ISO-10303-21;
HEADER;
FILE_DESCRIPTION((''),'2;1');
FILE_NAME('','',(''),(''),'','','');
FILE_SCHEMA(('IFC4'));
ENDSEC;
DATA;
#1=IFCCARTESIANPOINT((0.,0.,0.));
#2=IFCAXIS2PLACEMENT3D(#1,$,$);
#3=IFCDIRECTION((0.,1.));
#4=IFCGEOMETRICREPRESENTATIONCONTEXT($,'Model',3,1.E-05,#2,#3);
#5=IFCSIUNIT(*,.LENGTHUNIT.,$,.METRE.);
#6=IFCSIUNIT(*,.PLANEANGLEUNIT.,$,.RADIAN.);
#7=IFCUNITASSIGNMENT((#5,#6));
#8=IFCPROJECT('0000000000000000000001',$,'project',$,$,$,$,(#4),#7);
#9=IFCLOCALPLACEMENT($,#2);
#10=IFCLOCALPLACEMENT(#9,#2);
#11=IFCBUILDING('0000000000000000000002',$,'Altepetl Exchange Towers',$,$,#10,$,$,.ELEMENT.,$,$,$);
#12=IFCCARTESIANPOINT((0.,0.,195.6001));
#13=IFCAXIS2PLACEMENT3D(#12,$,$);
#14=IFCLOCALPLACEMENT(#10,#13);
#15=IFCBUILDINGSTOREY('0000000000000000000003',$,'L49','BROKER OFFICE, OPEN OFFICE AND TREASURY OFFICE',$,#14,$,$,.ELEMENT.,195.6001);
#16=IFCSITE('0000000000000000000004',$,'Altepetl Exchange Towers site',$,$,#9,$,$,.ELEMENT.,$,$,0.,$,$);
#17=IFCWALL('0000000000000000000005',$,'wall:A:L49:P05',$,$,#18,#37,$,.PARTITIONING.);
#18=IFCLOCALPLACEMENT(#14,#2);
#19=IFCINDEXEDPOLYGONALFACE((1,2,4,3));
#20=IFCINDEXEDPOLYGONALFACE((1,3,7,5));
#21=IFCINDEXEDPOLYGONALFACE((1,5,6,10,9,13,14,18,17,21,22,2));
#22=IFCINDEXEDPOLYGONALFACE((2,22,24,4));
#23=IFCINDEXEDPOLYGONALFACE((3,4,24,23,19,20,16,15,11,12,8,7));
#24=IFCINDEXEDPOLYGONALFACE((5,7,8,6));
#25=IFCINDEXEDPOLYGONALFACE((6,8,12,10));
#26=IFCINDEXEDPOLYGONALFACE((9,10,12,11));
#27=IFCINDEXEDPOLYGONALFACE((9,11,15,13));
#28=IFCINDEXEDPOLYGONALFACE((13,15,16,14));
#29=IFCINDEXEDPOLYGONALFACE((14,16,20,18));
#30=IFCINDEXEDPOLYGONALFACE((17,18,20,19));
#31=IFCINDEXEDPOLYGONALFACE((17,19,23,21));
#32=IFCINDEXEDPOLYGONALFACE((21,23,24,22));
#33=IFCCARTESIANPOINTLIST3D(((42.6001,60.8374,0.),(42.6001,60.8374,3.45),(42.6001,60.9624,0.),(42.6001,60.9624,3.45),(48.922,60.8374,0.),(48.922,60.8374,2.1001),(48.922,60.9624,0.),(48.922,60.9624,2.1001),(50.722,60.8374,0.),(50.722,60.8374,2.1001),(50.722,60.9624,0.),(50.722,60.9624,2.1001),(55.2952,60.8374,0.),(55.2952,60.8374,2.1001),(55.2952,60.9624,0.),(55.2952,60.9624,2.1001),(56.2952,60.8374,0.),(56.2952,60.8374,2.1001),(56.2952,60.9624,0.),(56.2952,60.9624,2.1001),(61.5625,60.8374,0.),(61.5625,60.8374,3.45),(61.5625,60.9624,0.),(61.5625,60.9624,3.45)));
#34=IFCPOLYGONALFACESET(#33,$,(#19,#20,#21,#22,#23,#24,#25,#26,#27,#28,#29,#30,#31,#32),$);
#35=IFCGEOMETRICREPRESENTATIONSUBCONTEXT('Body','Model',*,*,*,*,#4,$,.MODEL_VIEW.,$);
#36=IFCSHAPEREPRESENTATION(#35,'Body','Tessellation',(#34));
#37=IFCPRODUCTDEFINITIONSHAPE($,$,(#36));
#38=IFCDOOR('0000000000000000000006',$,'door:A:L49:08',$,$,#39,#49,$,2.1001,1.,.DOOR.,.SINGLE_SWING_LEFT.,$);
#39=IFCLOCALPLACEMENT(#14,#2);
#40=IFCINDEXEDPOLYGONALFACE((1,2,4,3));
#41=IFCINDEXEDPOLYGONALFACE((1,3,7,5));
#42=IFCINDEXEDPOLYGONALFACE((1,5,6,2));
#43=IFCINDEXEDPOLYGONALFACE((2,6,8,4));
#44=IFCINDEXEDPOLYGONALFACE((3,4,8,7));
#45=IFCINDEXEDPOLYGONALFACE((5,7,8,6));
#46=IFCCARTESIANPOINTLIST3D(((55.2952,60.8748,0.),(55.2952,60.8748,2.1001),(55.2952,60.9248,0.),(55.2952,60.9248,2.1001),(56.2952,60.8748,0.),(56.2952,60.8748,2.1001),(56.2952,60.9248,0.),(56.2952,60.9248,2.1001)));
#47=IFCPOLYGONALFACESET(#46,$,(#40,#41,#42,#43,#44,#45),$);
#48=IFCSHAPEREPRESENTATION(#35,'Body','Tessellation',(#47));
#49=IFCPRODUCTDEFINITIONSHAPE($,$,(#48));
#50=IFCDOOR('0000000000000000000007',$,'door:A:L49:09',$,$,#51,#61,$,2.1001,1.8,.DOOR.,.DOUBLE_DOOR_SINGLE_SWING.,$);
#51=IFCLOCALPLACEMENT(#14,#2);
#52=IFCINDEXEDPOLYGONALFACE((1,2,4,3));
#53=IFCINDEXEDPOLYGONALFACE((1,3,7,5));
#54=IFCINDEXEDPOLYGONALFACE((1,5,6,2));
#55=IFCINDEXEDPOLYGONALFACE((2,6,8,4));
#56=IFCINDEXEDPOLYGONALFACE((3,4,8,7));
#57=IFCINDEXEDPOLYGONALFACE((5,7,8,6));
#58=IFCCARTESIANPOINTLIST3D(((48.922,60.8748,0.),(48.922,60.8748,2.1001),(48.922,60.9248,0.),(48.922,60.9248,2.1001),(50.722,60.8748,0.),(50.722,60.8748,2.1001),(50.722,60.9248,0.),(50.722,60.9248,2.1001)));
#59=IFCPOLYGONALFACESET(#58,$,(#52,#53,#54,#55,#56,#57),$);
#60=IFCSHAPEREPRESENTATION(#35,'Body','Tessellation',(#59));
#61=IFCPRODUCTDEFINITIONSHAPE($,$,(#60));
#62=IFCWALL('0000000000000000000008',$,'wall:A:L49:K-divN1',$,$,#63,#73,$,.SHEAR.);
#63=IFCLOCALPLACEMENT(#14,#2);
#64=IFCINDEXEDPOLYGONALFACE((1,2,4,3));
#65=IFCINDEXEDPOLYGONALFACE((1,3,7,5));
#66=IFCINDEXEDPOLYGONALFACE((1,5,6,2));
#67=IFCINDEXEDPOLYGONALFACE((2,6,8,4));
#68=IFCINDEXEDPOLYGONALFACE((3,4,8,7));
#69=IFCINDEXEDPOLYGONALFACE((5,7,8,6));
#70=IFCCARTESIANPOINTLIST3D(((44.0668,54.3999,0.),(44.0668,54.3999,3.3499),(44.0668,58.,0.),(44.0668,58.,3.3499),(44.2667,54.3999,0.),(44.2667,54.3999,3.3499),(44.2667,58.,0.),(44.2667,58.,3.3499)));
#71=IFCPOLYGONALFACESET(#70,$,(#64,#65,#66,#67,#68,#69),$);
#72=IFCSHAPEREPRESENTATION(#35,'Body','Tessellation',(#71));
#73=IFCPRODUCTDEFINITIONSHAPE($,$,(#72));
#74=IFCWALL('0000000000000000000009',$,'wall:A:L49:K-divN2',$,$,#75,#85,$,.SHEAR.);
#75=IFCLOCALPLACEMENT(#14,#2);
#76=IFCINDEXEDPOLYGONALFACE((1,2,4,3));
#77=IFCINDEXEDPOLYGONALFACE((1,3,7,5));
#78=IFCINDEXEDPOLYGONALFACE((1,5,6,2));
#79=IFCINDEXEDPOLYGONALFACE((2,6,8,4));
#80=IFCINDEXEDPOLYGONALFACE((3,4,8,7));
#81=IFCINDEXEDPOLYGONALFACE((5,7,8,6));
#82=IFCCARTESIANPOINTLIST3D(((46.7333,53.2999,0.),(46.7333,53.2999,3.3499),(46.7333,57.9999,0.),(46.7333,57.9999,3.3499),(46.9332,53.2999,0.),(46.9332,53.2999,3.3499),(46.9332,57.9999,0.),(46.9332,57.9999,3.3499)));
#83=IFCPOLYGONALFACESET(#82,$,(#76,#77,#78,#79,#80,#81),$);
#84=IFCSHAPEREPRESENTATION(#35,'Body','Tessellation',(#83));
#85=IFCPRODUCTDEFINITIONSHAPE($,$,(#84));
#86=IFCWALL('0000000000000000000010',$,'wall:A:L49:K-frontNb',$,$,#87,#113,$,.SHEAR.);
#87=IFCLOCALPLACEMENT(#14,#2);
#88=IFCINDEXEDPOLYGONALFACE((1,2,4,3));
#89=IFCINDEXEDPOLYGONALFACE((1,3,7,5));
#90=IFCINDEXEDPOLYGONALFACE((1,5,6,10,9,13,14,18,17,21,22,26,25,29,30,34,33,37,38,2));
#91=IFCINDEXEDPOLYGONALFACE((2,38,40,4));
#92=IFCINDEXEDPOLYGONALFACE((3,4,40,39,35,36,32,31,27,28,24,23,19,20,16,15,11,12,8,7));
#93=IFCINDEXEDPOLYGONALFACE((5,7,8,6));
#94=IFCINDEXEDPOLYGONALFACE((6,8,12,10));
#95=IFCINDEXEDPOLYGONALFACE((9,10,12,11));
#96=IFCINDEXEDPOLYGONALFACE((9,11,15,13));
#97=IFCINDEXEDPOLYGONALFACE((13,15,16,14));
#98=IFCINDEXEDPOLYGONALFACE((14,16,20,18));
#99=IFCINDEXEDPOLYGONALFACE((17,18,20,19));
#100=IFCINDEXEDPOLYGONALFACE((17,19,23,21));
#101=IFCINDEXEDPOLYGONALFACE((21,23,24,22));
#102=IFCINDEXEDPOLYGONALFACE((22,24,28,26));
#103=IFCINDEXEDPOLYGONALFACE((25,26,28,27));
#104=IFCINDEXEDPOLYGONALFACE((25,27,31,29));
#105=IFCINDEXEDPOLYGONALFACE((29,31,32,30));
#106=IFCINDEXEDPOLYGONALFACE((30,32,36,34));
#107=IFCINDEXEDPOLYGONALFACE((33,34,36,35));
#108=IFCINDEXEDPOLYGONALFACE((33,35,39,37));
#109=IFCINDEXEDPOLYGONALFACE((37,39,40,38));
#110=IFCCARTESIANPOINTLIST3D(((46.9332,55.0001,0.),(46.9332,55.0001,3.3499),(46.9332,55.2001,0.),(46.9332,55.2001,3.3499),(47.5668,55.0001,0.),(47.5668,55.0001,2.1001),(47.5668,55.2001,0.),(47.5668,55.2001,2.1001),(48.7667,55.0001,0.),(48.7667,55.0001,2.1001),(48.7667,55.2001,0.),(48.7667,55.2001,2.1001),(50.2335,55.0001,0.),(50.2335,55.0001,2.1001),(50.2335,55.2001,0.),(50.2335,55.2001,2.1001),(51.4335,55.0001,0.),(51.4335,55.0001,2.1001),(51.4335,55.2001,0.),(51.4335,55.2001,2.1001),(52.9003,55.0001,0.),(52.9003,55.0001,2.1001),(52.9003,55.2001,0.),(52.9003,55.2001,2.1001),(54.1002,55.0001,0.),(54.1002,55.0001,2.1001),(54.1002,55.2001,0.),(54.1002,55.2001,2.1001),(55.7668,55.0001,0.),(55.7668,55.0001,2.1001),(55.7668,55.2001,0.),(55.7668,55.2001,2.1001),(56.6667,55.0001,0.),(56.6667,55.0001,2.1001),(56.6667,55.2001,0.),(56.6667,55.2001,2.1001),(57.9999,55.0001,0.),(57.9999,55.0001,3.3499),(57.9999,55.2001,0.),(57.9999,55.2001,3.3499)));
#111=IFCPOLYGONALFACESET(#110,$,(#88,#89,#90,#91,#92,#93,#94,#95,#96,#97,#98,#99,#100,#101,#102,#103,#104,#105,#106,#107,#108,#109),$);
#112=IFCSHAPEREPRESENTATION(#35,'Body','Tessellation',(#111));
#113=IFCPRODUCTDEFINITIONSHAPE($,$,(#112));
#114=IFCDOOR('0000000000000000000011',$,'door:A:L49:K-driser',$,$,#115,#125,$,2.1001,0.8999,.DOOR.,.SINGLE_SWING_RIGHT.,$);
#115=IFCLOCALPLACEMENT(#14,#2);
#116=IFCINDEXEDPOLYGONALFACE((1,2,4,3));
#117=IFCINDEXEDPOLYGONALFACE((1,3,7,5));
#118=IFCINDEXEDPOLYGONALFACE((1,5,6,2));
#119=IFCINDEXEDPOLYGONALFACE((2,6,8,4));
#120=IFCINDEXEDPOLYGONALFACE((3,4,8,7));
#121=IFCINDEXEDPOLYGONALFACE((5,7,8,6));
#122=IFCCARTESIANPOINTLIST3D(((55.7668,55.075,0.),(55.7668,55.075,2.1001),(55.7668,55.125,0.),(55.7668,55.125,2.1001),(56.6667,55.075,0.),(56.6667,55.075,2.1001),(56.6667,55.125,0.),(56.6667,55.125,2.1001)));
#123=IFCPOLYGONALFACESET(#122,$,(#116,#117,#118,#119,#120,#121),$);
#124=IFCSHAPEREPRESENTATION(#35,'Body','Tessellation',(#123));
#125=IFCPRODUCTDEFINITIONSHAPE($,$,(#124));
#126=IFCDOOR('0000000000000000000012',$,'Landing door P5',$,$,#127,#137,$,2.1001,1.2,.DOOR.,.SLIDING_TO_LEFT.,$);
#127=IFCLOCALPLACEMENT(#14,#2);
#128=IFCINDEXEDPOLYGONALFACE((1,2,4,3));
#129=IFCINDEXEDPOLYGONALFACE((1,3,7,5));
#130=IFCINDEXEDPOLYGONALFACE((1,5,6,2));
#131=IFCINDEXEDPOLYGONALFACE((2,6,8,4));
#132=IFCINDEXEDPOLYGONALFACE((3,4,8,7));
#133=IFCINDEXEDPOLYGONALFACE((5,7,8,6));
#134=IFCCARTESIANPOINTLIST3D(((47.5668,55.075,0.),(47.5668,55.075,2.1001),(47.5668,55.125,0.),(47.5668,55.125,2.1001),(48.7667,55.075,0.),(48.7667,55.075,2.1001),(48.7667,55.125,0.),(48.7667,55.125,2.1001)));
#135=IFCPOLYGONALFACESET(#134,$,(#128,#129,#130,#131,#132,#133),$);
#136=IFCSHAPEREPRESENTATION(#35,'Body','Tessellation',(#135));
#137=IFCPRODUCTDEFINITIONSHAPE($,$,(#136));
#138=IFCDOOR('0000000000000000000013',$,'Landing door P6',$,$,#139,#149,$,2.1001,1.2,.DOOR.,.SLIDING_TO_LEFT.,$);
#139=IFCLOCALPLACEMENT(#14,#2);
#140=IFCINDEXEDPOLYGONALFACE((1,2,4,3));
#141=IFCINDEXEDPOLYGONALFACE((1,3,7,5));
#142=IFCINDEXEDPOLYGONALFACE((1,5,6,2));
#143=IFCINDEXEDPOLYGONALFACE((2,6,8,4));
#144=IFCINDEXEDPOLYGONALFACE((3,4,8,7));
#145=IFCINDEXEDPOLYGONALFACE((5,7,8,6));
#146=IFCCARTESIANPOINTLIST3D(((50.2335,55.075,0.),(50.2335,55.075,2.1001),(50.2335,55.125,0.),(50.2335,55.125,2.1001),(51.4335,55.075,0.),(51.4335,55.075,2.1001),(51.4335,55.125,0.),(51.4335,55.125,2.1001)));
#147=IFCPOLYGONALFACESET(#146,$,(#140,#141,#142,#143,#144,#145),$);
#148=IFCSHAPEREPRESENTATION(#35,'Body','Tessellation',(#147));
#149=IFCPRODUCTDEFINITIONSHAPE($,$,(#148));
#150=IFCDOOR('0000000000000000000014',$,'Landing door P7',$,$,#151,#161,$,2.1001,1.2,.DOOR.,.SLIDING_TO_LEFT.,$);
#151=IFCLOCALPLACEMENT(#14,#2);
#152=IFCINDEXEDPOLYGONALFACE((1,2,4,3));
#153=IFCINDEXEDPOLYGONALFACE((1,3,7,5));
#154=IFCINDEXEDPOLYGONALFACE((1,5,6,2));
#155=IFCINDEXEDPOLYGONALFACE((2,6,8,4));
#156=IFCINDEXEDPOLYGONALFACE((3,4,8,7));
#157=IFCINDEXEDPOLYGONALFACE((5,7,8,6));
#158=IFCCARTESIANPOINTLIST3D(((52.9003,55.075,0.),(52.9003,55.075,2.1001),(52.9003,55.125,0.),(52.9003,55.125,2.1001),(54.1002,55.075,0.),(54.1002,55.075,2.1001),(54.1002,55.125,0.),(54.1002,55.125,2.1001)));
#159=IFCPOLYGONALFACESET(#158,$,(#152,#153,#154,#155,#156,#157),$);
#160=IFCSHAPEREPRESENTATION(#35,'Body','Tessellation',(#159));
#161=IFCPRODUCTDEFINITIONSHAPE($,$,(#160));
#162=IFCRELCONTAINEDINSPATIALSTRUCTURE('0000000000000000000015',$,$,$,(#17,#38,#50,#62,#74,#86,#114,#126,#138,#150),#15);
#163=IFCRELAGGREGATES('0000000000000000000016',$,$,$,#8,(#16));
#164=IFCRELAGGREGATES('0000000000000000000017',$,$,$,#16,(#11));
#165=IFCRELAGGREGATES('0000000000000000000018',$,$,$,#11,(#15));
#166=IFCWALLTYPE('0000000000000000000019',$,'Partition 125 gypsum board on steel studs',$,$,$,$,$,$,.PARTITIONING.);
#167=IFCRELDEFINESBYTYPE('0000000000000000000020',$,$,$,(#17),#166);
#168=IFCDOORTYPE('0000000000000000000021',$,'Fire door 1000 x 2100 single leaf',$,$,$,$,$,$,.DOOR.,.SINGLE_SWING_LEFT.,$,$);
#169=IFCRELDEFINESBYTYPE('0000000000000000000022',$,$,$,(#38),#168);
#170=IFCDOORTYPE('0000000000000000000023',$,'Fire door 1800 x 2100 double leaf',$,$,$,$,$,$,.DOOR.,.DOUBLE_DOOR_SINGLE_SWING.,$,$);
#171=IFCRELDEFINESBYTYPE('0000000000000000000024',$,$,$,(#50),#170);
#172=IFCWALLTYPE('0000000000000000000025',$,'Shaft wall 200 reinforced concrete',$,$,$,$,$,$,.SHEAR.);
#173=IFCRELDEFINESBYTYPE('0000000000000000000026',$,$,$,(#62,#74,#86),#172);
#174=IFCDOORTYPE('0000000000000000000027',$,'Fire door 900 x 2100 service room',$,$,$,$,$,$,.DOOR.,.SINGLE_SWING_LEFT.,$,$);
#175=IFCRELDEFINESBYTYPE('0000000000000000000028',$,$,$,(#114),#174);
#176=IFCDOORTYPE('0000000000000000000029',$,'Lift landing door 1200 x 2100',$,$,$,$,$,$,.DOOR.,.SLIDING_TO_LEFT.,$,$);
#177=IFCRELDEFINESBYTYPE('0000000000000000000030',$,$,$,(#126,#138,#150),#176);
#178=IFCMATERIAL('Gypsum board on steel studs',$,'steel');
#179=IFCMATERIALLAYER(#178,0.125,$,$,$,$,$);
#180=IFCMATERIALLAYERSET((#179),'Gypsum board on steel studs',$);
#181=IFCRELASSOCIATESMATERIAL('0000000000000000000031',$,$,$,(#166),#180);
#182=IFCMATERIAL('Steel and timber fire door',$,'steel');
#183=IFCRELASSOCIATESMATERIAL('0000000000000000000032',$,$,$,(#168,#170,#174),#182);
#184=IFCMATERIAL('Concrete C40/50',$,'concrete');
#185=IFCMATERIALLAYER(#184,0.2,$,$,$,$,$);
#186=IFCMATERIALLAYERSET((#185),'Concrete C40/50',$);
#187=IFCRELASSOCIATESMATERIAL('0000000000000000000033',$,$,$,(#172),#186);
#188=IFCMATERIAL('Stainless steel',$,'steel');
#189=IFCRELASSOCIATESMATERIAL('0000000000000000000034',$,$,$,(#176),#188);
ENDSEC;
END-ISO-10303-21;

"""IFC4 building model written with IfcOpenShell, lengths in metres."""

from ifc_helpers import new_model, si_unit, direction, frame, frame_2d, origin, place, context, subcontext, project, spatial, rectangle, extrude, material, layer, layer_set, type_object, element, fill, save


model = new_model("IFC4")

# Units and contexts
model_context = context("Model", 3, precision=1e-05, world=origin(), true_north=direction((0.0, 1.0)))
body_context = subcontext(model_context, "Body", "Model", "MODEL_VIEW")
ifc_project = project(units=[si_unit("LENGTHUNIT", "METRE"), si_unit("PLANEANGLEUNIT", "RADIAN")], contexts=[model_context])

# Site, building, storey
site_placement = place(None, origin())
site = spatial("IfcSite", under=ifc_project, at=site_placement, Name="Altepetl Exchange Towers site", CompositionType="ELEMENT", RefElevation=0.0)
building_placement = place(site_placement, origin())
building = spatial("IfcBuilding", under=site, at=building_placement, Name="Altepetl Exchange Towers", CompositionType="ELEMENT")
storey_placement = place(building_placement, frame((0.0, 0.0, 195.6001)))
storey = spatial("IfcBuildingStorey", under=building, at=storey_placement, Name="L49", Description="BROKER OFFICE, OPEN OFFICE AND TREASURY OFFICE", CompositionType="ELEMENT", Elevation=195.6001)

# Wall, openings, doors
ifc_material_1 = material(Name="Gypsum board on steel studs", Category="steel")
ifc_layer_1 = layer(ifc_material_1, 0.125)
ifc_layer_set_1 = layer_set([ifc_layer_1], Name="Gypsum board on steel studs")
wall_type_1 = type_object("IfcWallType", Name="Partition 125 gypsum board on steel studs", PredefinedType="PARTITIONING", material=ifc_layer_set_1)
wall_1_placement = place(storey_placement, frame((42.6001, 60.8999, 0.0)))
wall_1 = element("IfcWall", 1, at=wall_1_placement, inside=storey, type_object=wall_type_1, Name="wall:A:L49:P05", PredefinedType="PARTITIONING", context=body_context, shape_type="SweptSolid", body=[
    extrude(rectangle(XDim=18.9624, YDim=0.125, at=frame_2d((9.4812, 0.0))), origin(), (0.0, 0.0, 1.0), 3.45),
])
opening_1_placement = place(wall_1_placement, frame((12.6951, 0.0, 0.0)))
opening_1 = element("IfcOpeningElement", 2, at=opening_1_placement, cuts=wall_1, PredefinedType="OPENING", context=body_context, shape_type="SweptSolid", body=[
    extrude(rectangle(XDim=1.0, YDim=2.1001, at=frame_2d((0.5, 1.05))), frame((0.0, 0.0725, 0.0), z_axis=(0.0, -1.0, 0.0), x_axis=(1.0, 0.0, 0.0)), (0.0, 0.0, 1.0), 0.145),
])
opening_2_placement = place(wall_1_placement, frame((6.322, 0.0, 0.0)))
opening_2 = element("IfcOpeningElement", 3, at=opening_2_placement, cuts=wall_1, PredefinedType="OPENING", context=body_context, shape_type="SweptSolid", body=[
    extrude(rectangle(XDim=1.8, YDim=2.1001, at=frame_2d((0.8999, 1.05))), frame((0.0, 0.0725, 0.0), z_axis=(0.0, -1.0, 0.0), x_axis=(1.0, 0.0, 0.0)), (0.0, 0.0, 1.0), 0.145),
])
ifc_material_2 = material(Name="Steel and timber fire door", Category="steel")
door_type_1 = type_object("IfcDoorType", Name="Fire door 1000 x 2100 single leaf", OperationType="SINGLE_SWING_LEFT", PredefinedType="DOOR", material=ifc_material_2)
door_1_placement = place(opening_1_placement, origin())
door_1 = element("IfcDoor", 4, at=door_1_placement, inside=storey, type_object=door_type_1, Name="door:A:L49:08", OperationType="SINGLE_SWING_LEFT", OverallHeight=2.1001, OverallWidth=1.0, PredefinedType="DOOR", context=body_context, shape_type="SweptSolid", body=[
    extrude(rectangle(XDim=1.0, YDim=2.1001, at=frame_2d((0.5, 1.05))), frame((0.0, 0.0249, 0.0), z_axis=(0.0, -1.0, 0.0), x_axis=(1.0, 0.0, 0.0)), (0.0, 0.0, 1.0), 0.05),
])
fill(opening_1, door_1)
door_type_2 = type_object("IfcDoorType", Name="Fire door 1800 x 2100 double leaf", OperationType="DOUBLE_DOOR_SINGLE_SWING", PredefinedType="DOOR", material=ifc_material_2)
door_2_placement = place(opening_2_placement, origin())
door_2 = element("IfcDoor", 5, at=door_2_placement, inside=storey, type_object=door_type_2, Name="door:A:L49:09", OperationType="DOUBLE_DOOR_SINGLE_SWING", OverallHeight=2.1001, OverallWidth=1.8, PredefinedType="DOOR", context=body_context, shape_type="SweptSolid", body=[
    extrude(rectangle(XDim=1.8, YDim=2.1001, at=frame_2d((0.8999, 1.05))), frame((0.0, 0.0249, 0.0), z_axis=(0.0, -1.0, 0.0), x_axis=(1.0, 0.0, 0.0)), (0.0, 0.0, 1.0), 0.05),
])
fill(opening_2, door_2)

# Walls
ifc_material_3 = material(Name="Concrete C40/50", Category="concrete")
ifc_layer_2 = layer(ifc_material_3, 0.2)
ifc_layer_set_2 = layer_set([ifc_layer_2], Name="Concrete C40/50")
wall_type_2 = type_object("IfcWallType", Name="Shaft wall 200 reinforced concrete", PredefinedType="SHEAR", material=ifc_layer_set_2)
wall_2_placement = place(storey_placement, frame((44.1667, 58.0, 0.0), z_axis=(0.0, 0.0, 1.0), x_axis=(0.0, -1.0, 0.0)))
element("IfcWall", 6, at=wall_2_placement, inside=storey, type_object=wall_type_2, Name="wall:A:L49:K-divN1", PredefinedType="SHEAR", context=body_context, shape_type="SweptSolid", body=[
    extrude(rectangle(XDim=3.6001, YDim=0.2, at=frame_2d((1.8, 0.0))), origin(), (0.0, 0.0, 1.0), 3.3499),
])
wall_3_placement = place(storey_placement, frame((46.8333, 58.0, 0.0), z_axis=(0.0, 0.0, 1.0), x_axis=(0.0, -1.0, 0.0)))
element("IfcWall", 7, at=wall_3_placement, inside=storey, type_object=wall_type_2, Name="wall:A:L49:K-divN2", PredefinedType="SHEAR", context=body_context, shape_type="SweptSolid", body=[
    extrude(rectangle(XDim=4.7, YDim=0.2, at=frame_2d((2.3501, 0.0))), origin(), (0.0, 0.0, 1.0), 3.3499),
])

# Wall, openings, doors
wall_4_placement = place(storey_placement, frame((46.9333, 55.1001, 0.0)))
wall_4 = element("IfcWall", 8, at=wall_4_placement, inside=storey, type_object=wall_type_2, Name="wall:A:L49:K-frontNb", PredefinedType="SHEAR", context=body_context, shape_type="SweptSolid", body=[
    extrude(rectangle(XDim=11.0667, YDim=0.2, at=frame_2d((5.5332, 0.0))), origin(), (0.0, 0.0, 1.0), 3.3499),
])
opening_3_placement = place(wall_4_placement, frame((8.8335, 0.0, 0.0)))
opening_3 = element("IfcOpeningElement", 9, at=opening_3_placement, cuts=wall_4, PredefinedType="OPENING", context=body_context, shape_type="SweptSolid", body=[
    extrude(rectangle(XDim=0.8999, YDim=2.1001, at=frame_2d((0.45, 1.05))), frame((0.0, 0.1099, 0.0), z_axis=(0.0, -1.0, 0.0), x_axis=(1.0, 0.0, 0.0)), (0.0, 0.0, 1.0), 0.22),
])
opening_4_placement = place(wall_4_placement, frame((0.6333, 0.0, 0.0)))
opening_4 = element("IfcOpeningElement", 10, at=opening_4_placement, cuts=wall_4, PredefinedType="OPENING", context=body_context, shape_type="SweptSolid", body=[
    extrude(rectangle(XDim=1.2, YDim=2.1001, at=frame_2d((0.6001, 1.05))), frame((0.0, 0.1099, 0.0), z_axis=(0.0, -1.0, 0.0), x_axis=(1.0, 0.0, 0.0)), (0.0, 0.0, 1.0), 0.22),
])
opening_5_placement = place(wall_4_placement, frame((3.3, 0.0, 0.0)))
opening_5 = element("IfcOpeningElement", 11, at=opening_5_placement, cuts=wall_4, PredefinedType="OPENING", context=body_context, shape_type="SweptSolid", body=[
    extrude(rectangle(XDim=1.2, YDim=2.1001, at=frame_2d((0.6001, 1.05))), frame((0.0, 0.1099, 0.0), z_axis=(0.0, -1.0, 0.0), x_axis=(1.0, 0.0, 0.0)), (0.0, 0.0, 1.0), 0.22),
])
opening_6_placement = place(wall_4_placement, frame((5.9668, 0.0, 0.0)))
opening_6 = element("IfcOpeningElement", 12, at=opening_6_placement, cuts=wall_4, PredefinedType="OPENING", context=body_context, shape_type="SweptSolid", body=[
    extrude(rectangle(XDim=1.2, YDim=2.1001, at=frame_2d((0.6001, 1.05))), frame((0.0, 0.1099, 0.0), z_axis=(0.0, -1.0, 0.0), x_axis=(1.0, 0.0, 0.0)), (0.0, 0.0, 1.0), 0.22),
])
door_type_3 = type_object("IfcDoorType", Name="Fire door 900 x 2100 service room", OperationType="SINGLE_SWING_LEFT", PredefinedType="DOOR", material=ifc_material_2)
door_3_placement = place(opening_3_placement, origin())
door_3 = element("IfcDoor", 13, at=door_3_placement, inside=storey, type_object=door_type_3, Name="door:A:L49:K-driser", OperationType="SINGLE_SWING_RIGHT", OverallHeight=2.1001, OverallWidth=0.8999, PredefinedType="DOOR", context=body_context, shape_type="SweptSolid", body=[
    extrude(rectangle(XDim=0.8999, YDim=2.1001, at=frame_2d((0.45, 1.05))), frame((0.0, 0.0249, 0.0), z_axis=(0.0, -1.0, 0.0), x_axis=(1.0, 0.0, 0.0)), (0.0, 0.0, 1.0), 0.05),
])
fill(opening_3, door_3)
ifc_material_4 = material(Name="Stainless steel", Category="steel")
door_type_4 = type_object("IfcDoorType", Name="Lift landing door 1200 x 2100", OperationType="SLIDING_TO_LEFT", PredefinedType="DOOR", material=ifc_material_4)
door_4_placement = place(opening_4_placement, origin())
door_4 = element("IfcDoor", 14, at=door_4_placement, inside=storey, type_object=door_type_4, Name="Landing door P5", OperationType="SLIDING_TO_LEFT", OverallHeight=2.1001, OverallWidth=1.2, PredefinedType="DOOR", context=body_context, shape_type="SweptSolid", body=[
    extrude(rectangle(XDim=1.2, YDim=2.1001, at=frame_2d((0.6001, 1.05))), frame((0.0, 0.0249, 0.0), z_axis=(0.0, -1.0, 0.0), x_axis=(1.0, 0.0, 0.0)), (0.0, 0.0, 1.0), 0.05),
])
fill(opening_4, door_4)
door_5_placement = place(opening_5_placement, origin())
door_5 = element("IfcDoor", 15, at=door_5_placement, inside=storey, type_object=door_type_4, Name="Landing door P6", OperationType="SLIDING_TO_LEFT", OverallHeight=2.1001, OverallWidth=1.2, PredefinedType="DOOR", context=body_context, shape_type="SweptSolid", body=[
    extrude(rectangle(XDim=1.2, YDim=2.1001, at=frame_2d((0.6001, 1.05))), frame((0.0, 0.0249, 0.0), z_axis=(0.0, -1.0, 0.0), x_axis=(1.0, 0.0, 0.0)), (0.0, 0.0, 1.0), 0.05),
])
fill(opening_5, door_5)
door_6_placement = place(opening_6_placement, origin())
door_6 = element("IfcDoor", 16, at=door_6_placement, inside=storey, type_object=door_type_4, Name="Landing door P7", OperationType="SLIDING_TO_LEFT", OverallHeight=2.1001, OverallWidth=1.2, PredefinedType="DOOR", context=body_context, shape_type="SweptSolid", body=[
    extrude(rectangle(XDim=1.2, YDim=2.1001, at=frame_2d((0.6001, 1.05))), frame((0.0, 0.0249, 0.0), z_axis=(0.0, -1.0, 0.0), x_axis=(1.0, 0.0, 0.0)), (0.0, 0.0, 1.0), 0.05),
])
fill(opening_6, door_6)

save(model, "model.ifc")
